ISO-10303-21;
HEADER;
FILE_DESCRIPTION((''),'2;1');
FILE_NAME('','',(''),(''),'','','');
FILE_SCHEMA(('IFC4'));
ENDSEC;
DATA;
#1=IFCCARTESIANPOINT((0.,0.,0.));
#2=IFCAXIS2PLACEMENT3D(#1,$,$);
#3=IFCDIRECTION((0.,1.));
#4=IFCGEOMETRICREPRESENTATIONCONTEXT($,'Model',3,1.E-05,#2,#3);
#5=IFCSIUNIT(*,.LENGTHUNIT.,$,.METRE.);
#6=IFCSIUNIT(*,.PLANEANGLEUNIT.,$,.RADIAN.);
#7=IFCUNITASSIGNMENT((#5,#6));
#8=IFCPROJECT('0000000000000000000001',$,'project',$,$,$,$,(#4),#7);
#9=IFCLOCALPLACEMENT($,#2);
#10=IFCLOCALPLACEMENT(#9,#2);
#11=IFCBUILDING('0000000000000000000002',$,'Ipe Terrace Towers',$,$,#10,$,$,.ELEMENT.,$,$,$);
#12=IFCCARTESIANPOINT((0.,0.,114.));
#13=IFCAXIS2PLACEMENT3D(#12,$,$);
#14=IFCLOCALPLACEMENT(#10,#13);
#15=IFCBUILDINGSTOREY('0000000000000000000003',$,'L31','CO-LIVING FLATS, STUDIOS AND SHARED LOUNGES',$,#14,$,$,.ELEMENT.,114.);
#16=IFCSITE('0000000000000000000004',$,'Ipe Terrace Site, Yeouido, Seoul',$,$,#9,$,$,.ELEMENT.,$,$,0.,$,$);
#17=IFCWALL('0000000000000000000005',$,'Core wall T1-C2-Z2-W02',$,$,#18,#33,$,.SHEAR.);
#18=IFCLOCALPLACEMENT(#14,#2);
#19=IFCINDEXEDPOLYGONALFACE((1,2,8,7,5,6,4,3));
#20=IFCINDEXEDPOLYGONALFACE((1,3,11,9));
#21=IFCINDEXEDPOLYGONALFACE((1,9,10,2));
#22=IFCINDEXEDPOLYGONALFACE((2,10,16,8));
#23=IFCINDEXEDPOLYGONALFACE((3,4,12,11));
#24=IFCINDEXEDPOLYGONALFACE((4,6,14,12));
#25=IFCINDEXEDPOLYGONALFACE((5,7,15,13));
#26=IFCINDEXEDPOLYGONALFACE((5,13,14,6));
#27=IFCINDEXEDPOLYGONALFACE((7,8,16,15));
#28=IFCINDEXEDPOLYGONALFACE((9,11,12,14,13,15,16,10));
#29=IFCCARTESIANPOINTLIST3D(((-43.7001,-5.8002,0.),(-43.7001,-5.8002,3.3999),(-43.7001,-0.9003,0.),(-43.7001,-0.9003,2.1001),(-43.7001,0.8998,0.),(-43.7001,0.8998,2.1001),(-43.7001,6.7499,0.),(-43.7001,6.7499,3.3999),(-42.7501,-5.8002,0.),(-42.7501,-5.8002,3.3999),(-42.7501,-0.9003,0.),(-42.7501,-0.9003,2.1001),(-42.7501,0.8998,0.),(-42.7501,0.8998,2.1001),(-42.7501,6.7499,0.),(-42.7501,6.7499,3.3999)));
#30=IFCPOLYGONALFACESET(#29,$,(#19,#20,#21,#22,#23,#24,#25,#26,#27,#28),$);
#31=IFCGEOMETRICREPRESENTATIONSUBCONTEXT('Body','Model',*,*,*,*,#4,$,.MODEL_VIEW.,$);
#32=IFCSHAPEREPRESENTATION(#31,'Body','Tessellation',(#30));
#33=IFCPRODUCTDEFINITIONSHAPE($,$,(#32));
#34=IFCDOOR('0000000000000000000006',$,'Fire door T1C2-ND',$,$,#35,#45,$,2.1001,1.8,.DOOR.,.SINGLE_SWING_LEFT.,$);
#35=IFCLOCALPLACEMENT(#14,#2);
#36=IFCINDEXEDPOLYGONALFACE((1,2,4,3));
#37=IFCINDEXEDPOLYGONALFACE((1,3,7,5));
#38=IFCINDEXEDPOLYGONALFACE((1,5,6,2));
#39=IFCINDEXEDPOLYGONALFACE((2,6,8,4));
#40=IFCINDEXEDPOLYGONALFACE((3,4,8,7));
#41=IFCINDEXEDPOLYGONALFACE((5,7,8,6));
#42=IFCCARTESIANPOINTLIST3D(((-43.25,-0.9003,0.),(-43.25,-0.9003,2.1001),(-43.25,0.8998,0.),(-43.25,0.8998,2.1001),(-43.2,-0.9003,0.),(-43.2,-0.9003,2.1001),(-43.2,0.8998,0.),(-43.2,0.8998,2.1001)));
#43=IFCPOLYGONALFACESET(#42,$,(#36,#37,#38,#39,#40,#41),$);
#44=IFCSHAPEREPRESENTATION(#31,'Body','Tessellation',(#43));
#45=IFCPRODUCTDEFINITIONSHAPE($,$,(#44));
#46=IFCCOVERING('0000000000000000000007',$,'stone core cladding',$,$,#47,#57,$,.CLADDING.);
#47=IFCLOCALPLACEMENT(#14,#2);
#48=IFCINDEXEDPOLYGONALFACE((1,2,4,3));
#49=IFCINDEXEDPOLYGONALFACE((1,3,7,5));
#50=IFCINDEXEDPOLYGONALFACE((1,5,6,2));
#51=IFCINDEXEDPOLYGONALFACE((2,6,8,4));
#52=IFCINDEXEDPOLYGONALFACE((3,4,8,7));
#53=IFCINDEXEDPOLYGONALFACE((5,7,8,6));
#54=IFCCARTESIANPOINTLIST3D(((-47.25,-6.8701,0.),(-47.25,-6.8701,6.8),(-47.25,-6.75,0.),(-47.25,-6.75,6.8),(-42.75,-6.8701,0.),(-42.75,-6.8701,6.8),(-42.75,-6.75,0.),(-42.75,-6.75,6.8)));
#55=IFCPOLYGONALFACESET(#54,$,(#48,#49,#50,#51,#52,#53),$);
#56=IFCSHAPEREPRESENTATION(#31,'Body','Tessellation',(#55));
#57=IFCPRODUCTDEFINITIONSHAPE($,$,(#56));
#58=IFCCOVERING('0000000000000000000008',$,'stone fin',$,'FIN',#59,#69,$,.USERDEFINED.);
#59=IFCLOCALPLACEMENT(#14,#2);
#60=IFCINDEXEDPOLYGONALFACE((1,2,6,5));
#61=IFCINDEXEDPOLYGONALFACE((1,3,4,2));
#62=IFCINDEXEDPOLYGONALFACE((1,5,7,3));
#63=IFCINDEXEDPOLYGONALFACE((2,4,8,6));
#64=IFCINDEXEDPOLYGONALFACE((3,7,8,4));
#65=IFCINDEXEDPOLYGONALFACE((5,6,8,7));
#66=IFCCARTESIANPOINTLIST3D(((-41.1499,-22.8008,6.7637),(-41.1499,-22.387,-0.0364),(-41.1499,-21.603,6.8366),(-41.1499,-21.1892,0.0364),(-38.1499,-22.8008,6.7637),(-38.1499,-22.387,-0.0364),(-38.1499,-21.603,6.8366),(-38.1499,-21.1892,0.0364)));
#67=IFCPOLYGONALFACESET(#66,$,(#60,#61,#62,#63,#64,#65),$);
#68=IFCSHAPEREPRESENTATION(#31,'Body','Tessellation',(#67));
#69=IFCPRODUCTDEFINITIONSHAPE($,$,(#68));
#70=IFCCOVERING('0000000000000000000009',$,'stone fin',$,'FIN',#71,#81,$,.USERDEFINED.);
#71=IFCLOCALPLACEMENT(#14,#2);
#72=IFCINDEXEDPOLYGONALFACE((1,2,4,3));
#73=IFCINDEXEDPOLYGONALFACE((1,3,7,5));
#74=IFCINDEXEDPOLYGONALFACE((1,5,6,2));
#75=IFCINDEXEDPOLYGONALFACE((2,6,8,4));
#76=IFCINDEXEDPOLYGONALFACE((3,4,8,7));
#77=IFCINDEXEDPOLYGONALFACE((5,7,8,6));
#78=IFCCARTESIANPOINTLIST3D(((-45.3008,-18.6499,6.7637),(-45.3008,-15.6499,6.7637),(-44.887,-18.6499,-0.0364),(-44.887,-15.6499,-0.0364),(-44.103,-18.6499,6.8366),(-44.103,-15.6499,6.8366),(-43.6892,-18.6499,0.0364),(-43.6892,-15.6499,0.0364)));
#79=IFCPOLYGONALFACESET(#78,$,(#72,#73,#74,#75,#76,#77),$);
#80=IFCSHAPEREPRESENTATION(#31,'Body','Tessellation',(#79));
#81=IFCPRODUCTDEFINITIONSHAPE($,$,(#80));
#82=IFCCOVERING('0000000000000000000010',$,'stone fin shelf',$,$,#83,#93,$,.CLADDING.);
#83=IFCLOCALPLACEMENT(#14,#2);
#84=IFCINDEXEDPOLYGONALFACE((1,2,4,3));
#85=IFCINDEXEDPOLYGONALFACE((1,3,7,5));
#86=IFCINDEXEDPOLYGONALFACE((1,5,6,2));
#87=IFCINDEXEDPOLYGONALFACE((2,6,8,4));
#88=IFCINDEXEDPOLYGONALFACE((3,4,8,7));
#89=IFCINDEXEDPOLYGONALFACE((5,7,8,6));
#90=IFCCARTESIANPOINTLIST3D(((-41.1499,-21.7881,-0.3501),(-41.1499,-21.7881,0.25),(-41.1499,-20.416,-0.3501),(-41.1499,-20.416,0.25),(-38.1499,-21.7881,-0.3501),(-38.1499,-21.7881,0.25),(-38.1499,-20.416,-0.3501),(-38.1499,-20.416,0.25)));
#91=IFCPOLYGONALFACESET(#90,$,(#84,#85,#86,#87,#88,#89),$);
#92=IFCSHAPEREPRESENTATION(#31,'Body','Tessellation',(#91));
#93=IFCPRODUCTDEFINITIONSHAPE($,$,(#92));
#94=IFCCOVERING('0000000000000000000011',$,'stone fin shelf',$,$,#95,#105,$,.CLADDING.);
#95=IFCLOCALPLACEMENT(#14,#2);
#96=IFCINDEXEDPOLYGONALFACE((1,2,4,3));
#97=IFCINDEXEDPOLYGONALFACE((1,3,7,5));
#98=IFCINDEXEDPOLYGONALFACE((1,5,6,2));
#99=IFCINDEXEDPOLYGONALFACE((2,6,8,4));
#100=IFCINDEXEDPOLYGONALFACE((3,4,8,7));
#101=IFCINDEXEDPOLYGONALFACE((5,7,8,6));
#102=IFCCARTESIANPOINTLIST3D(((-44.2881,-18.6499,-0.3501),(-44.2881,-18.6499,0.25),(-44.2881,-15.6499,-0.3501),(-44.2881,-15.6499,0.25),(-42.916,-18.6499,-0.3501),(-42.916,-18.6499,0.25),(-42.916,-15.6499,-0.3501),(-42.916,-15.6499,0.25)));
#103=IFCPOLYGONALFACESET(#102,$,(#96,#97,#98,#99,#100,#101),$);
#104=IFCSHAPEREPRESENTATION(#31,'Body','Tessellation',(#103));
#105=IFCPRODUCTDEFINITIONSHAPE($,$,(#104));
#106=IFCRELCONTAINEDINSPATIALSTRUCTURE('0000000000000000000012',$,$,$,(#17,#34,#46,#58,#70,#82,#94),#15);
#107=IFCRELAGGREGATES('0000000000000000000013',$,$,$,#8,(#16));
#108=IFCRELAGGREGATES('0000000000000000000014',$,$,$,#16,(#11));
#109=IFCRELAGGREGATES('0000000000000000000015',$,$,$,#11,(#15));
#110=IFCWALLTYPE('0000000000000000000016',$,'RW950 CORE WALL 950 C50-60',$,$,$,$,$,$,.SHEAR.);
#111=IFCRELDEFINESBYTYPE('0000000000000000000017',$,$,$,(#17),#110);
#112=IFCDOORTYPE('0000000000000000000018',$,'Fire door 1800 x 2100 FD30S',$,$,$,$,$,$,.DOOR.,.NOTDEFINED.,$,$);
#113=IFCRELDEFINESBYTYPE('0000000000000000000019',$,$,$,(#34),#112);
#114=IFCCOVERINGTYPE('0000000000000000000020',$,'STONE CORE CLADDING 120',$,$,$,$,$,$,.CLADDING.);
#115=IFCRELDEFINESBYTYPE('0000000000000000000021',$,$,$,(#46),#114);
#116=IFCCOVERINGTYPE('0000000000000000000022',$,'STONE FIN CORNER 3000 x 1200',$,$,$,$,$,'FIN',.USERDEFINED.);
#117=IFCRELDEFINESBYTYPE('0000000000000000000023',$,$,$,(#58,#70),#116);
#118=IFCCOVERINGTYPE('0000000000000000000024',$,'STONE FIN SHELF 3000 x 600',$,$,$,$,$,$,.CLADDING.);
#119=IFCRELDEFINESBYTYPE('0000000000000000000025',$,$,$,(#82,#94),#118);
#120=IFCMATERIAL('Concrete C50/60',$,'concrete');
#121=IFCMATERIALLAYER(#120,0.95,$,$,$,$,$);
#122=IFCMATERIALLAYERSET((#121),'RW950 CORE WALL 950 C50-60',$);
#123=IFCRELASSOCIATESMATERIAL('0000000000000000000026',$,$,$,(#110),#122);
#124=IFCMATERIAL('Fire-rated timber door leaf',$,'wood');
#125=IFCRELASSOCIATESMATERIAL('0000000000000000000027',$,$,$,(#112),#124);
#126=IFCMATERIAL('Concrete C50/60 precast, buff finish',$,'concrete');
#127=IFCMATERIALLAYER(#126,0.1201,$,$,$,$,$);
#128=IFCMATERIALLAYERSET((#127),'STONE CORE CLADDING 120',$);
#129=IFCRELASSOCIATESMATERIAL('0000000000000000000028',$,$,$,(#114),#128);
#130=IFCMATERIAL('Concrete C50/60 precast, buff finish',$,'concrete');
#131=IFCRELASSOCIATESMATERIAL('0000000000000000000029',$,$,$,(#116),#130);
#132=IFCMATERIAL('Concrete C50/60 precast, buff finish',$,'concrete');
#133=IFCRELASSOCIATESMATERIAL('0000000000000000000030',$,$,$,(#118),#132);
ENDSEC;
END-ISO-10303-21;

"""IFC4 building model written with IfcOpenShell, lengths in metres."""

from ifc_helpers import new_model, si_unit, direction, frame, frame_2d, origin, origin_2d, place, context, subcontext, project, spatial, rectangle, extrude, material, layer, layer_set, material_profile, profile_set, type_object, element, fill, save


model = new_model("IFC4")

# Units and contexts
model_context = context("Model", 3, precision=1e-05, world=origin(), true_north=direction((0.0, 1.0)))
body_context = subcontext(model_context, "Body", "Model", "MODEL_VIEW")
ifc_project = project(units=[si_unit("LENGTHUNIT", "METRE"), si_unit("PLANEANGLEUNIT", "RADIAN")], contexts=[model_context])

# Site, building, storey
site_placement = place(None, origin())
site = spatial("IfcSite", under=ifc_project, at=site_placement, Name="Ipe Terrace Site, Yeouido, Seoul", CompositionType="ELEMENT", RefElevation=0.0)
building_placement = place(site_placement, origin())
building = spatial("IfcBuilding", under=site, at=building_placement, Name="Ipe Terrace Towers", CompositionType="ELEMENT")
storey_placement = place(building_placement, frame((0.0, 0.0, 114.0)))
storey = spatial("IfcBuildingStorey", under=building, at=storey_placement, Name="L31", Description="CO-LIVING FLATS, STUDIOS AND SHARED LOUNGES", CompositionType="ELEMENT", Elevation=114.0)

# Wall, opening, door
ifc_material_1 = material(Name="Concrete C50/60", Category="concrete")
ifc_layer_1 = layer(ifc_material_1, 0.95)
ifc_layer_set_1 = layer_set([ifc_layer_1], Name="RW950 CORE WALL 950 C50-60")
wall_type_1 = type_object("IfcWallType", Name="RW950 CORE WALL 950 C50-60", PredefinedType="SHEAR", material=ifc_layer_set_1)
wall_1_placement = place(storey_placement, frame((-43.2251, -5.8, 0.0), z_axis=(0.0, 0.0, 1.0), x_axis=(0.0, 1.0, 0.0)))
wall_1 = element("IfcWall", 1, at=wall_1_placement, inside=storey, type_object=wall_type_1, Name="Core wall T1-C2-Z2-W02", PredefinedType="SHEAR", context=body_context, shape_type="SweptSolid", body=[
    extrude(rectangle(XDim=12.55, YDim=0.95, at=frame_2d((6.2749, 0.0))), origin(), (0.0, 0.0, 1.0), 3.3999),
])
opening_1_placement = place(wall_1_placement, frame((4.8999, 0.0, 0.0)))
opening_1 = element("IfcOpeningElement", 2, at=opening_1_placement, cuts=wall_1, PredefinedType="OPENING", context=body_context, shape_type="SweptSolid", body=[
    extrude(rectangle(XDim=1.8, YDim=2.1001, at=frame_2d((0.8999, 1.05))), frame((0.0, 0.4849, 0.0), z_axis=(0.0, -1.0, 0.0), x_axis=(1.0, 0.0, 0.0)), (0.0, 0.0, 1.0), 0.97),
])
ifc_material_2 = material(Name="Fire-rated timber door leaf", Category="wood")
door_type_1 = type_object("IfcDoorType", Name="Fire door 1800 x 2100 FD30S", OperationType="NOTDEFINED", PredefinedType="DOOR", material=ifc_material_2)
door_1_placement = place(opening_1_placement, origin())
door_1 = element("IfcDoor", 3, at=door_1_placement, inside=storey, type_object=door_type_1, Name="Fire door T1C2-ND", OperationType="SINGLE_SWING_LEFT", OverallHeight=2.1001, OverallWidth=1.8, PredefinedType="DOOR", context=body_context, shape_type="SweptSolid", body=[
    extrude(rectangle(XDim=1.8, YDim=2.1001, at=frame_2d((0.8999, 1.05))), frame((0.0, 0.0249, 0.0), z_axis=(0.0, -1.0, 0.0), x_axis=(1.0, 0.0, 0.0)), (0.0, 0.0, 1.0), 0.05),
])
fill(opening_1, door_1)

# Coverings
ifc_material_3 = material(Name="Concrete C50/60 precast, buff finish", Category="concrete")
ifc_layer_2 = layer(ifc_material_3, 0.1201)
ifc_layer_set_2 = layer_set([ifc_layer_2], Name="STONE CORE CLADDING 120")
covering_type_1 = type_object("IfcCoveringType", Name="STONE CORE CLADDING 120", PredefinedType="CLADDING", material=ifc_layer_set_2)
covering_placement = place(storey_placement, frame((-45.0, -6.8101, 0.0), z_axis=(0.0, 0.0, 1.0), x_axis=(1.0, 0.0, 0.0)))
element("IfcCovering", 4, at=covering_placement, inside=storey, type_object=covering_type_1, Name="stone core cladding", PredefinedType="CLADDING", context=body_context, shape_type="SweptSolid", body=[
    extrude(rectangle(XDim=4.5, YDim=0.1201, at=origin_2d()), origin(), (0.0, 0.0, 1.0), 6.8),
])
ifc_material_4 = material(Name="Concrete C50/60 precast, buff finish", Category="concrete")
ifc_material_profile_1 = material_profile(ifc_material_4, rectangle(XDim=3.0, YDim=1.2, at=origin_2d()), Name="STONE FIN CORNER 3000 x 1200")
ifc_profile_set_1 = profile_set([ifc_material_profile_1], Name="Concrete C50/60 precast, buff finish")
covering_type_2 = type_object("IfcCoveringType", Name="STONE FIN CORNER 3000 x 1200", ElementType="FIN", PredefinedType="USERDEFINED", material=ifc_profile_set_1)
for number, where, z_axis, x_axis, name in (
    (5, (-39.6499, -21.7881, 0.0), (0.0, -0.060743, 0.998153), (1.0, 0.0, 0.0), "stone fin"),
    (6, (-44.2881, -17.1499, 0.0), (-0.060743, 0.0, 0.998153), (0.0, -1.0, 0.0), "stone fin"),
):
    element("IfcCovering", number, at=place(storey_placement, frame(where, z_axis=z_axis, x_axis=x_axis)), inside=storey, type_object=covering_type_2, Name=name, ObjectType="FIN", PredefinedType="USERDEFINED", context=body_context, shape_type="SweptSolid", body=[
        extrude(rectangle(XDim=3.0, YDim=1.2, at=origin_2d()), origin(), (0.0, 0.0, 1.0), 6.8127),
    ])
ifc_material_5 = material(Name="Concrete C50/60 precast, buff finish", Category="concrete")
covering_type_3 = type_object("IfcCoveringType", Name="STONE FIN SHELF 3000 x 600", PredefinedType="CLADDING", material=ifc_material_5)
for number, where, z_axis, x_axis, name in (
    (7, (-39.6499, -21.1021, -0.3501), (0.0, 0.0, 1.0), (1.0, 0.0, 0.0), "stone fin shelf"),
    (8, (-43.6021, -17.1499, -0.3501), (0.0, 0.0, 1.0), (0.0, -1.0, 0.0), "stone fin shelf"),
):
    element("IfcCovering", number, at=place(storey_placement, frame(where, z_axis=z_axis, x_axis=x_axis)), inside=storey, type_object=covering_type_3, Name=name, PredefinedType="CLADDING", context=body_context, shape_type="SweptSolid", body=[
        extrude(rectangle(XDim=3.0, YDim=1.3721, at=origin_2d()), origin(), (0.0, 0.0, 1.0), 0.6001),
    ])

save(model, "model.ifc")
